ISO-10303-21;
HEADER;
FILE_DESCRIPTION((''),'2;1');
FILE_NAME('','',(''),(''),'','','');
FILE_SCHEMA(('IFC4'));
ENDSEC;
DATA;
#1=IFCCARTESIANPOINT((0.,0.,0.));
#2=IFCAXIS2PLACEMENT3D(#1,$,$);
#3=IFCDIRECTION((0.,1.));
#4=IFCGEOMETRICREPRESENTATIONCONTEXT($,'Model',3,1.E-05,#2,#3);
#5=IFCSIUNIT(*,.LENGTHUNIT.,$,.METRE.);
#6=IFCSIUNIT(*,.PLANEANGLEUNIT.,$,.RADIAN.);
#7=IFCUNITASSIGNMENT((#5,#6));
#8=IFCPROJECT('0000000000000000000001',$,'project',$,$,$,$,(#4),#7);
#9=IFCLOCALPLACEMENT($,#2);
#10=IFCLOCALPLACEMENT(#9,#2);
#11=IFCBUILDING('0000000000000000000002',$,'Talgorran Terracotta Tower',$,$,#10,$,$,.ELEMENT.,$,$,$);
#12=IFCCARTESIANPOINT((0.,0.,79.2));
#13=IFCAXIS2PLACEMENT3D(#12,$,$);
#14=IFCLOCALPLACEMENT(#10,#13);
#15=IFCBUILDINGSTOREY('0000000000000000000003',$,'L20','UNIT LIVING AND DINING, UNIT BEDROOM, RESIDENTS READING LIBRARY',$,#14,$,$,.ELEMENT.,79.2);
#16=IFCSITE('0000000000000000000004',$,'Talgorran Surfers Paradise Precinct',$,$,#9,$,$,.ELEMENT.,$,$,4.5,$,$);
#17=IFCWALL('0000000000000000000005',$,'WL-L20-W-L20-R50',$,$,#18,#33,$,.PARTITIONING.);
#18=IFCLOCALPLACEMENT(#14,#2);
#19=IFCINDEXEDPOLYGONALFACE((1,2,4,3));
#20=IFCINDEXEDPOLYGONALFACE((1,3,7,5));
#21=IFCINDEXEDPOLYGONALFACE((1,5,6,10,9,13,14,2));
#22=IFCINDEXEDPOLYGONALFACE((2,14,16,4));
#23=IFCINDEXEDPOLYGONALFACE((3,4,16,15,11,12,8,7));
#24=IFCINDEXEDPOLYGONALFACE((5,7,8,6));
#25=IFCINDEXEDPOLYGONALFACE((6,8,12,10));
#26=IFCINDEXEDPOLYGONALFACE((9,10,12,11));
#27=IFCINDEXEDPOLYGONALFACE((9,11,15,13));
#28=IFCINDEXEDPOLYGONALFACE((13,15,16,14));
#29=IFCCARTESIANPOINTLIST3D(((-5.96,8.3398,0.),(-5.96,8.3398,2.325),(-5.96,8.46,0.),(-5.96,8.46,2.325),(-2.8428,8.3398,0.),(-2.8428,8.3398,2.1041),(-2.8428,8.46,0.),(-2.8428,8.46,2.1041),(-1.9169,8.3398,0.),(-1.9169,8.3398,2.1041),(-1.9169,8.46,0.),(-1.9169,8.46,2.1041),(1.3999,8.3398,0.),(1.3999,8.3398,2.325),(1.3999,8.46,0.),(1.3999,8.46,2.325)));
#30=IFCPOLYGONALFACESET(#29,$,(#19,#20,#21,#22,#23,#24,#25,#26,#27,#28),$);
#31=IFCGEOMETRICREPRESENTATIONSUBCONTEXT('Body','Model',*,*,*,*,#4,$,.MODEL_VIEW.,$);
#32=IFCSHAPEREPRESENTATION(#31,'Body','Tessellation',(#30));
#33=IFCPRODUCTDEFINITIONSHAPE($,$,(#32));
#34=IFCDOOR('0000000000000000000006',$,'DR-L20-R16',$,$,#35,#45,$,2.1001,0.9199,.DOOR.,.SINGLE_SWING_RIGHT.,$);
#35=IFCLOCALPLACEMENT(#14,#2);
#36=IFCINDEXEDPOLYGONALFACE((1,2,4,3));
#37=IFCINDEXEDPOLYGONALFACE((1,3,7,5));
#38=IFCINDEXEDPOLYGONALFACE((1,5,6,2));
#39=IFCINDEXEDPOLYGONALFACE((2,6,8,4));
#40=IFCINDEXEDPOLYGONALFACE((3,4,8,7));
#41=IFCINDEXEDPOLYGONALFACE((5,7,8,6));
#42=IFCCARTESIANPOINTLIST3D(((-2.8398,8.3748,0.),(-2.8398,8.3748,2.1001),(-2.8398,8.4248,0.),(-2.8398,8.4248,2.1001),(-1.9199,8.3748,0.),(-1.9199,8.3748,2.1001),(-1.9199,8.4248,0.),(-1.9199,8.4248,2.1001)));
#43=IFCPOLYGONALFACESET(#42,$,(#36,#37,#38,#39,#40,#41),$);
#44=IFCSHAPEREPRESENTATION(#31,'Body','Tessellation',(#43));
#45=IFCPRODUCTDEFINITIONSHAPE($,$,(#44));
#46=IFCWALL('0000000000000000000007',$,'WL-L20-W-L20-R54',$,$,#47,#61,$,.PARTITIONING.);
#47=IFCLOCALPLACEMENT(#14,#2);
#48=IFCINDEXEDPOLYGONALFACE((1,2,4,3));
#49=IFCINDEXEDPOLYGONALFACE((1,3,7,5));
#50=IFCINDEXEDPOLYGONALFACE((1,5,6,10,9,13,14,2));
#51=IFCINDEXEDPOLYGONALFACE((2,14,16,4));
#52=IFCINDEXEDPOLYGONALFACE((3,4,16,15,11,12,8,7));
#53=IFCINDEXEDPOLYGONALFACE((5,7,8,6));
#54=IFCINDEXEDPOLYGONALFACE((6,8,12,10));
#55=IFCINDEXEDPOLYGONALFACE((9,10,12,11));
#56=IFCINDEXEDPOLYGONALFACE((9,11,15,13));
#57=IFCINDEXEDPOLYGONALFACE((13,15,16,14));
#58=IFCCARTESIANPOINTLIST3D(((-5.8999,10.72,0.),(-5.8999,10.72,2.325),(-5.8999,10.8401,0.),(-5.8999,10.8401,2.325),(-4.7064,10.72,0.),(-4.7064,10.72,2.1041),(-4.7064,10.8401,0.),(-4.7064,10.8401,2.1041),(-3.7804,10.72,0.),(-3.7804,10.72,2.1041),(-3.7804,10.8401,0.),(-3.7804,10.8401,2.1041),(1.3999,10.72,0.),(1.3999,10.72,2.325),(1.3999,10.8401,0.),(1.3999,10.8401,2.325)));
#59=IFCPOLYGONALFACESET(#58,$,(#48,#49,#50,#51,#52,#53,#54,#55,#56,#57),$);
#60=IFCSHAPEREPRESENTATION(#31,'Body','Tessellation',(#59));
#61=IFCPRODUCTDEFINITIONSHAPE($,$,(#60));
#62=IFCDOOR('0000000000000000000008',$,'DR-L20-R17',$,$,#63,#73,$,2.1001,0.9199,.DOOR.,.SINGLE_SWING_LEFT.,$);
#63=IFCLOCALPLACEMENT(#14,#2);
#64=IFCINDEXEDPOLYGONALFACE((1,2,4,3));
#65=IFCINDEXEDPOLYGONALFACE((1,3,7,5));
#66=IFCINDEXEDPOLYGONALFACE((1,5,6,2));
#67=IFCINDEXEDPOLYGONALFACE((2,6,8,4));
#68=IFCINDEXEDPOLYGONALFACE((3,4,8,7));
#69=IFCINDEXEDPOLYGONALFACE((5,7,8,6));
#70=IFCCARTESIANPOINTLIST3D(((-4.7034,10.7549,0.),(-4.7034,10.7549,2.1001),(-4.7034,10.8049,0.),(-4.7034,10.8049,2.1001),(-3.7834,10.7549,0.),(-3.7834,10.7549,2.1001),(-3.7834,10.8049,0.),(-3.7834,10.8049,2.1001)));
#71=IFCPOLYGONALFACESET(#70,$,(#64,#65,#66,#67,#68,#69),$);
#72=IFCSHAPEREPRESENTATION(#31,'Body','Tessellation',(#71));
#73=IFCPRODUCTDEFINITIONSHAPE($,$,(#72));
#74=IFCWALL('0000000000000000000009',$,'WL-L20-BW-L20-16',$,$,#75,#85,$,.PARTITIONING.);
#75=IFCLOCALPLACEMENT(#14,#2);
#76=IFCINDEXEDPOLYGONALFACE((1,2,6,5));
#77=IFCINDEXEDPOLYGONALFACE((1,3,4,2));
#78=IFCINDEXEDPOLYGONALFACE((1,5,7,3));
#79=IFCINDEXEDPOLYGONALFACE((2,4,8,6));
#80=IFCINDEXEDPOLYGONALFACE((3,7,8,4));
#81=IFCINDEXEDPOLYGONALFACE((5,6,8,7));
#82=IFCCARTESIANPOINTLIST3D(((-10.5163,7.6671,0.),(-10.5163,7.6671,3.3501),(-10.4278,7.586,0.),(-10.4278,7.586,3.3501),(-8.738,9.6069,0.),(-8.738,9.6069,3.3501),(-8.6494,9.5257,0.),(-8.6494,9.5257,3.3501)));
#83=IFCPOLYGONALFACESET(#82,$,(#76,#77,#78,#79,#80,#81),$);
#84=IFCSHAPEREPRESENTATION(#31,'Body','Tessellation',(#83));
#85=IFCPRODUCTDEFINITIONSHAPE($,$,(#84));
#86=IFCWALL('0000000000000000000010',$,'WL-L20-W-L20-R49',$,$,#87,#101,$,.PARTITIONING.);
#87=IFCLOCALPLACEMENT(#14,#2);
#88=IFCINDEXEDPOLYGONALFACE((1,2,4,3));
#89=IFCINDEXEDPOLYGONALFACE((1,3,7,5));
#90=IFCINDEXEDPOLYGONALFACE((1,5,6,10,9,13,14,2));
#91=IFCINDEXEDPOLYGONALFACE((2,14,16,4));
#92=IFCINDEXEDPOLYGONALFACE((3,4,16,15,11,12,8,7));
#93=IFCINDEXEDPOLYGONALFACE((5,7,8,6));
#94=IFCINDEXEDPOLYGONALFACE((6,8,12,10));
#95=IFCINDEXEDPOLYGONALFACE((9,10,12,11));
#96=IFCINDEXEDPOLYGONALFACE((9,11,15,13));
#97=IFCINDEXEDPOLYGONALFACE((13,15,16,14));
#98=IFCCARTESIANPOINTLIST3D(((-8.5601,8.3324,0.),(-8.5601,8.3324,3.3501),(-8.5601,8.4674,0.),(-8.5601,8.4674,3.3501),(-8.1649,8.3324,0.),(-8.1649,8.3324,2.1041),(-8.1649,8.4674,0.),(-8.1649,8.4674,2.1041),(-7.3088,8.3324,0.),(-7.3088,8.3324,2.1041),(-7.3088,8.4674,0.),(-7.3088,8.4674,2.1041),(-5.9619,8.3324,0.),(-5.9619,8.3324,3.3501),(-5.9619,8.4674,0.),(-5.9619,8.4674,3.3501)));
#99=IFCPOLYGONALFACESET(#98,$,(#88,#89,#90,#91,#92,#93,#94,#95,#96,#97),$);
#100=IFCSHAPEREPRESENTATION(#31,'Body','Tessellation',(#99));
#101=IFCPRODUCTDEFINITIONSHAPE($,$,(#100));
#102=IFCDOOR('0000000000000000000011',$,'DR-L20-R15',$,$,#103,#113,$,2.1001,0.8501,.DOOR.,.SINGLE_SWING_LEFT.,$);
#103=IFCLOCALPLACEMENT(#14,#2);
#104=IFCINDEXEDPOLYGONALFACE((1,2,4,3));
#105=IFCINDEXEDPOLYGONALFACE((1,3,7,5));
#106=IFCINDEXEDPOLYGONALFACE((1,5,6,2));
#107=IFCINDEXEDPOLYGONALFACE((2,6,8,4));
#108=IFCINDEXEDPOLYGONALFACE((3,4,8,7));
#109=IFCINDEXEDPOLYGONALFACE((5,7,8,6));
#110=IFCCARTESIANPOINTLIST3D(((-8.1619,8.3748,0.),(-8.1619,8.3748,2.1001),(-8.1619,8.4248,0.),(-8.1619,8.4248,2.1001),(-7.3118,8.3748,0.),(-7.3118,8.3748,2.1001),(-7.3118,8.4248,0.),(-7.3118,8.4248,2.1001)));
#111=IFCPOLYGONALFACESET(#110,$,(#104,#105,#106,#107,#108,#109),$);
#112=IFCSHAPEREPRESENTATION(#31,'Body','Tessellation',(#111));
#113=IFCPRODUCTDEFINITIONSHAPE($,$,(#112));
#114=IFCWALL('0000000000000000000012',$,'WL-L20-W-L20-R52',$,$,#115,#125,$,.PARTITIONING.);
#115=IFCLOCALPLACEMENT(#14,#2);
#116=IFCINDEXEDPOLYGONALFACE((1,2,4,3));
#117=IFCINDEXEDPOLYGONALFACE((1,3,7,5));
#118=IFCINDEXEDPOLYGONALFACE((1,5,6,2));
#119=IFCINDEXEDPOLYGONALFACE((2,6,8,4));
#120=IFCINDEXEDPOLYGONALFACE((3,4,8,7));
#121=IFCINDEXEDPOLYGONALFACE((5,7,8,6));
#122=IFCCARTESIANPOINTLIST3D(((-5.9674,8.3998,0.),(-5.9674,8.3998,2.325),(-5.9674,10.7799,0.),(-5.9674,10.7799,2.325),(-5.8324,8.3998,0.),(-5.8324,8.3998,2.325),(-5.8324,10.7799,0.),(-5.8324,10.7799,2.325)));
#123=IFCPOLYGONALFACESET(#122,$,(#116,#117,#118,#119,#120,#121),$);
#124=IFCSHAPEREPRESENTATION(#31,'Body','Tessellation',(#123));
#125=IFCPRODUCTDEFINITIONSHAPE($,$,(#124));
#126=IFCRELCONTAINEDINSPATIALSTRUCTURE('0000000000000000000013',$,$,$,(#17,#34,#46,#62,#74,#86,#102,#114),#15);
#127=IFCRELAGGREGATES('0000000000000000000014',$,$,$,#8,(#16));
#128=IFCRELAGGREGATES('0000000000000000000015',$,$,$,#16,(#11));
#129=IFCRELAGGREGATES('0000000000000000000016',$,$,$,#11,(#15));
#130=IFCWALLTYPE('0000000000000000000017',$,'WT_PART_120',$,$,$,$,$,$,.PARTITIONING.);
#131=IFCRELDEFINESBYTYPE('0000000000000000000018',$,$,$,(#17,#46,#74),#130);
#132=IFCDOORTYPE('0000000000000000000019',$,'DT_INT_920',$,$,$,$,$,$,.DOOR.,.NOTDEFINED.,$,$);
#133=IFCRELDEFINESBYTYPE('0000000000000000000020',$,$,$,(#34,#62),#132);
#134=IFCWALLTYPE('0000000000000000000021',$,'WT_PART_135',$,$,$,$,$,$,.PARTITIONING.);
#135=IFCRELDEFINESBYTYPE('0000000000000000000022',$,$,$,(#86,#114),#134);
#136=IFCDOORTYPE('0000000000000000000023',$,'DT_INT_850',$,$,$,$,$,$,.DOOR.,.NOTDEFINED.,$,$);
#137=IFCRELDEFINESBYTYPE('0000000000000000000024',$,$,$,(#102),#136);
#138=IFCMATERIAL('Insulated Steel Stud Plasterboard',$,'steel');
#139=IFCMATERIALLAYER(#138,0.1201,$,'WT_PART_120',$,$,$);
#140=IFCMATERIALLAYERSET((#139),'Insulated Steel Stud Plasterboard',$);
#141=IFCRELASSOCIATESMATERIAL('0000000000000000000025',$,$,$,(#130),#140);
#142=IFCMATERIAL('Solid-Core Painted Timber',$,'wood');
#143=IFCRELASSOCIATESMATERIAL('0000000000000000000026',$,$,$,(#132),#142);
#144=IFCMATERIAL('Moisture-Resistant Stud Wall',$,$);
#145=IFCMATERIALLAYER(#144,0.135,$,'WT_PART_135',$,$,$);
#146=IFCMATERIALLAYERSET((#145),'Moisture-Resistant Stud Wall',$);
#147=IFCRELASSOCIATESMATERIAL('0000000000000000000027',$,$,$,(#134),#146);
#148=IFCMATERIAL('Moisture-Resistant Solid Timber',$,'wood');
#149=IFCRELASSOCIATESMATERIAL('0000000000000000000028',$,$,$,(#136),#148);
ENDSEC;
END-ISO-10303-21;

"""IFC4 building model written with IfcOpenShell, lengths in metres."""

from ifc_helpers import new_model, si_unit, direction, frame, frame_2d, origin, place, context, subcontext, project, spatial, rectangle, extrude, material, layer, layer_set, type_object, element, fill, save


model = new_model("IFC4")

# Units and contexts
model_context = context("Model", 3, precision=1e-05, world=origin(), true_north=direction((0.0, 1.0)))
body_context = subcontext(model_context, "Body", "Model", "MODEL_VIEW")
ifc_project = project(units=[si_unit("LENGTHUNIT", "METRE"), si_unit("PLANEANGLEUNIT", "RADIAN")], contexts=[model_context])

# Site, building, storey
site_placement = place(None, origin())
site = spatial("IfcSite", under=ifc_project, at=site_placement, Name="Talgorran Surfers Paradise Precinct", CompositionType="ELEMENT", RefElevation=4.5)
building_placement = place(site_placement, origin())
building = spatial("IfcBuilding", under=site, at=building_placement, Name="Talgorran Terracotta Tower", CompositionType="ELEMENT")
storey_placement = place(building_placement, frame((0.0, 0.0, 79.2)))
storey = spatial("IfcBuildingStorey", under=building, at=storey_placement, Name="L20", Description="UNIT LIVING AND DINING, UNIT BEDROOM, RESIDENTS READING LIBRARY", CompositionType="ELEMENT", Elevation=79.2)

# Walls, openings, doors
ifc_material_1 = material(Name="Insulated Steel Stud Plasterboard", Category="steel")
ifc_layer_1 = layer(ifc_material_1, 0.1201, Name="WT_PART_120")
ifc_layer_set_1 = layer_set([ifc_layer_1], Name="Insulated Steel Stud Plasterboard")
wall_type_1 = type_object("IfcWallType", Name="WT_PART_120", PredefinedType="PARTITIONING", material=ifc_layer_set_1)
wall_1_placement = place(storey_placement, frame((-5.96, 8.3999, 0.0), z_axis=(0.0, 0.0, 1.0), x_axis=(1.0, 0.0, 0.0)))
wall_1 = element("IfcWall", 1, at=wall_1_placement, inside=storey, type_object=wall_type_1, Name="WL-L20-W-L20-R50", PredefinedType="PARTITIONING", context=body_context, shape_type="SweptSolid", body=[
    extrude(rectangle(XDim=7.3599, YDim=0.1201, at=frame_2d((3.6799, 0.0))), origin(), (0.0, 0.0, 1.0), 2.325),
])
opening_1_placement = place(wall_1_placement, frame((3.1201, 0.0, 0.0)))
opening_1 = element("IfcOpeningElement", 2, at=opening_1_placement, cuts=wall_1, PredefinedType="OPENING", context=body_context, shape_type="SweptSolid", body=[
    extrude(rectangle(XDim=0.9259, YDim=2.1041, at=frame_2d((0.46, 1.052))), frame((0.0, 0.0701, 0.0), z_axis=(0.0, -1.0, 0.0), x_axis=(1.0, 0.0, 0.0)), (0.0, 0.0, 1.0), 0.1401),
])
ifc_material_2 = material(Name="Solid-Core Painted Timber", Category="wood")
door_type_1 = type_object("IfcDoorType", Name="DT_INT_920", OperationType="NOTDEFINED", PredefinedType="DOOR", material=ifc_material_2)
door_1_placement = place(opening_1_placement, origin())
door_1 = element("IfcDoor", 3, at=door_1_placement, inside=storey, type_object=door_type_1, Name="DR-L20-R16", OperationType="SINGLE_SWING_RIGHT", OverallHeight=2.1001, OverallWidth=0.9199, PredefinedType="DOOR", context=body_context, shape_type="SweptSolid", body=[
    extrude(rectangle(XDim=0.9199, YDim=2.1001, at=frame_2d((0.46, 1.05))), frame((0.0, 0.0249, 0.0), z_axis=(0.0, -1.0, 0.0), x_axis=(1.0, 0.0, 0.0)), (0.0, 0.0, 1.0), 0.05),
])
fill(opening_1, door_1)
wall_2_placement = place(storey_placement, frame((-5.8999, 10.78, 0.0), z_axis=(0.0, 0.0, 1.0), x_axis=(1.0, 0.0, 0.0)))
wall_2 = element("IfcWall", 4, at=wall_2_placement, inside=storey, type_object=wall_type_1, Name="WL-L20-W-L20-R54", PredefinedType="PARTITIONING", context=body_context, shape_type="SweptSolid", body=[
    extrude(rectangle(XDim=7.2998, YDim=0.1201, at=frame_2d((3.6499, 0.0))), origin(), (0.0, 0.0, 1.0), 2.325),
])
opening_2_placement = place(wall_2_placement, frame((1.1965, 0.0, 0.0)))
opening_2 = element("IfcOpeningElement", 5, at=opening_2_placement, cuts=wall_2, PredefinedType="OPENING", context=body_context, shape_type="SweptSolid", body=[
    extrude(rectangle(XDim=0.9259, YDim=2.1041, at=frame_2d((0.46, 1.052))), frame((0.0, 0.0701, 0.0), z_axis=(0.0, -1.0, 0.0), x_axis=(1.0, 0.0, 0.0)), (0.0, 0.0, 1.0), 0.1401),
])
door_2_placement = place(opening_2_placement, origin())
door_2 = element("IfcDoor", 6, at=door_2_placement, inside=storey, type_object=door_type_1, Name="DR-L20-R17", OperationType="SINGLE_SWING_LEFT", OverallHeight=2.1001, OverallWidth=0.9199, PredefinedType="DOOR", context=body_context, shape_type="SweptSolid", body=[
    extrude(rectangle(XDim=0.9199, YDim=2.1001, at=frame_2d((0.46, 1.05))), frame((0.0, 0.0249, 0.0), z_axis=(0.0, -1.0, 0.0), x_axis=(1.0, 0.0, 0.0)), (0.0, 0.0, 1.0), 0.05),
])
fill(opening_2, door_2)

# Wall
wall_3_placement = place(storey_placement, frame((-8.6936, 9.5664, 0.0), z_axis=(0.0, 0.0, 1.0), x_axis=(-0.675779, -0.737104, 0.0)))
element("IfcWall", 7, at=wall_3_placement, inside=storey, type_object=wall_type_1, Name="WL-L20-BW-L20-16", PredefinedType="PARTITIONING", context=body_context, shape_type="SweptSolid", body=[
    extrude(rectangle(XDim=2.6316, YDim=0.1201, at=frame_2d((1.3159, 0.0))), origin(), (0.0, 0.0, 1.0), 3.3501),
])

# Wall, opening, door
ifc_material_3 = material(Name="Moisture-Resistant Stud Wall")
ifc_layer_2 = layer(ifc_material_3, 0.135, Name="WT_PART_135")
ifc_layer_set_2 = layer_set([ifc_layer_2], Name="Moisture-Resistant Stud Wall")
wall_type_2 = type_object("IfcWallType", Name="WT_PART_135", PredefinedType="PARTITIONING", material=ifc_layer_set_2)
wall_4_placement = place(storey_placement, frame((-8.5601, 8.3999, 0.0), z_axis=(0.0, 0.0, 1.0), x_axis=(1.0, 0.0, 0.0)))
wall_4 = element("IfcWall", 8, at=wall_4_placement, inside=storey, type_object=wall_type_2, Name="WL-L20-W-L20-R49", PredefinedType="PARTITIONING", context=body_context, shape_type="SweptSolid", body=[
    extrude(rectangle(XDim=2.5981, YDim=0.135, at=frame_2d((1.2991, 0.0))), origin(), (0.0, 0.0, 1.0), 3.3501),
])
opening_3_placement = place(wall_4_placement, frame((0.3982, 0.0, 0.0)))
opening_3 = element("IfcOpeningElement", 9, at=opening_3_placement, cuts=wall_4, PredefinedType="OPENING", context=body_context, shape_type="SweptSolid", body=[
    extrude(rectangle(XDim=0.8561, YDim=2.1041, at=frame_2d((0.425, 1.052))), frame((0.0, 0.0776, 0.0), z_axis=(0.0, -1.0, 0.0), x_axis=(1.0, 0.0, 0.0)), (0.0, 0.0, 1.0), 0.155),
])
ifc_material_4 = material(Name="Moisture-Resistant Solid Timber", Category="wood")
door_type_2 = type_object("IfcDoorType", Name="DT_INT_850", OperationType="NOTDEFINED", PredefinedType="DOOR", material=ifc_material_4)
door_3_placement = place(opening_3_placement, origin())
door_3 = element("IfcDoor", 10, at=door_3_placement, inside=storey, type_object=door_type_2, Name="DR-L20-R15", OperationType="SINGLE_SWING_LEFT", OverallHeight=2.1001, OverallWidth=0.8501, PredefinedType="DOOR", context=body_context, shape_type="SweptSolid", body=[
    extrude(rectangle(XDim=0.8501, YDim=2.1001, at=frame_2d((0.425, 1.05))), frame((0.0, 0.0249, 0.0), z_axis=(0.0, -1.0, 0.0), x_axis=(1.0, 0.0, 0.0)), (0.0, 0.0, 1.0), 0.05),
])
fill(opening_3, door_3)

# Wall
wall_5_placement = place(storey_placement, frame((-5.8999, 8.3999, 0.0), z_axis=(0.0, 0.0, 1.0), x_axis=(0.0, 1.0, 0.0)))
element("IfcWall", 11, at=wall_5_placement, inside=storey, type_object=wall_type_2, Name="WL-L20-W-L20-R52", PredefinedType="PARTITIONING", context=body_context, shape_type="SweptSolid", body=[
    extrude(rectangle(XDim=2.3801, YDim=0.135, at=frame_2d((1.1899, 0.0))), origin(), (0.0, 0.0, 1.0), 2.325),
])

save(model, "model.ifc")
